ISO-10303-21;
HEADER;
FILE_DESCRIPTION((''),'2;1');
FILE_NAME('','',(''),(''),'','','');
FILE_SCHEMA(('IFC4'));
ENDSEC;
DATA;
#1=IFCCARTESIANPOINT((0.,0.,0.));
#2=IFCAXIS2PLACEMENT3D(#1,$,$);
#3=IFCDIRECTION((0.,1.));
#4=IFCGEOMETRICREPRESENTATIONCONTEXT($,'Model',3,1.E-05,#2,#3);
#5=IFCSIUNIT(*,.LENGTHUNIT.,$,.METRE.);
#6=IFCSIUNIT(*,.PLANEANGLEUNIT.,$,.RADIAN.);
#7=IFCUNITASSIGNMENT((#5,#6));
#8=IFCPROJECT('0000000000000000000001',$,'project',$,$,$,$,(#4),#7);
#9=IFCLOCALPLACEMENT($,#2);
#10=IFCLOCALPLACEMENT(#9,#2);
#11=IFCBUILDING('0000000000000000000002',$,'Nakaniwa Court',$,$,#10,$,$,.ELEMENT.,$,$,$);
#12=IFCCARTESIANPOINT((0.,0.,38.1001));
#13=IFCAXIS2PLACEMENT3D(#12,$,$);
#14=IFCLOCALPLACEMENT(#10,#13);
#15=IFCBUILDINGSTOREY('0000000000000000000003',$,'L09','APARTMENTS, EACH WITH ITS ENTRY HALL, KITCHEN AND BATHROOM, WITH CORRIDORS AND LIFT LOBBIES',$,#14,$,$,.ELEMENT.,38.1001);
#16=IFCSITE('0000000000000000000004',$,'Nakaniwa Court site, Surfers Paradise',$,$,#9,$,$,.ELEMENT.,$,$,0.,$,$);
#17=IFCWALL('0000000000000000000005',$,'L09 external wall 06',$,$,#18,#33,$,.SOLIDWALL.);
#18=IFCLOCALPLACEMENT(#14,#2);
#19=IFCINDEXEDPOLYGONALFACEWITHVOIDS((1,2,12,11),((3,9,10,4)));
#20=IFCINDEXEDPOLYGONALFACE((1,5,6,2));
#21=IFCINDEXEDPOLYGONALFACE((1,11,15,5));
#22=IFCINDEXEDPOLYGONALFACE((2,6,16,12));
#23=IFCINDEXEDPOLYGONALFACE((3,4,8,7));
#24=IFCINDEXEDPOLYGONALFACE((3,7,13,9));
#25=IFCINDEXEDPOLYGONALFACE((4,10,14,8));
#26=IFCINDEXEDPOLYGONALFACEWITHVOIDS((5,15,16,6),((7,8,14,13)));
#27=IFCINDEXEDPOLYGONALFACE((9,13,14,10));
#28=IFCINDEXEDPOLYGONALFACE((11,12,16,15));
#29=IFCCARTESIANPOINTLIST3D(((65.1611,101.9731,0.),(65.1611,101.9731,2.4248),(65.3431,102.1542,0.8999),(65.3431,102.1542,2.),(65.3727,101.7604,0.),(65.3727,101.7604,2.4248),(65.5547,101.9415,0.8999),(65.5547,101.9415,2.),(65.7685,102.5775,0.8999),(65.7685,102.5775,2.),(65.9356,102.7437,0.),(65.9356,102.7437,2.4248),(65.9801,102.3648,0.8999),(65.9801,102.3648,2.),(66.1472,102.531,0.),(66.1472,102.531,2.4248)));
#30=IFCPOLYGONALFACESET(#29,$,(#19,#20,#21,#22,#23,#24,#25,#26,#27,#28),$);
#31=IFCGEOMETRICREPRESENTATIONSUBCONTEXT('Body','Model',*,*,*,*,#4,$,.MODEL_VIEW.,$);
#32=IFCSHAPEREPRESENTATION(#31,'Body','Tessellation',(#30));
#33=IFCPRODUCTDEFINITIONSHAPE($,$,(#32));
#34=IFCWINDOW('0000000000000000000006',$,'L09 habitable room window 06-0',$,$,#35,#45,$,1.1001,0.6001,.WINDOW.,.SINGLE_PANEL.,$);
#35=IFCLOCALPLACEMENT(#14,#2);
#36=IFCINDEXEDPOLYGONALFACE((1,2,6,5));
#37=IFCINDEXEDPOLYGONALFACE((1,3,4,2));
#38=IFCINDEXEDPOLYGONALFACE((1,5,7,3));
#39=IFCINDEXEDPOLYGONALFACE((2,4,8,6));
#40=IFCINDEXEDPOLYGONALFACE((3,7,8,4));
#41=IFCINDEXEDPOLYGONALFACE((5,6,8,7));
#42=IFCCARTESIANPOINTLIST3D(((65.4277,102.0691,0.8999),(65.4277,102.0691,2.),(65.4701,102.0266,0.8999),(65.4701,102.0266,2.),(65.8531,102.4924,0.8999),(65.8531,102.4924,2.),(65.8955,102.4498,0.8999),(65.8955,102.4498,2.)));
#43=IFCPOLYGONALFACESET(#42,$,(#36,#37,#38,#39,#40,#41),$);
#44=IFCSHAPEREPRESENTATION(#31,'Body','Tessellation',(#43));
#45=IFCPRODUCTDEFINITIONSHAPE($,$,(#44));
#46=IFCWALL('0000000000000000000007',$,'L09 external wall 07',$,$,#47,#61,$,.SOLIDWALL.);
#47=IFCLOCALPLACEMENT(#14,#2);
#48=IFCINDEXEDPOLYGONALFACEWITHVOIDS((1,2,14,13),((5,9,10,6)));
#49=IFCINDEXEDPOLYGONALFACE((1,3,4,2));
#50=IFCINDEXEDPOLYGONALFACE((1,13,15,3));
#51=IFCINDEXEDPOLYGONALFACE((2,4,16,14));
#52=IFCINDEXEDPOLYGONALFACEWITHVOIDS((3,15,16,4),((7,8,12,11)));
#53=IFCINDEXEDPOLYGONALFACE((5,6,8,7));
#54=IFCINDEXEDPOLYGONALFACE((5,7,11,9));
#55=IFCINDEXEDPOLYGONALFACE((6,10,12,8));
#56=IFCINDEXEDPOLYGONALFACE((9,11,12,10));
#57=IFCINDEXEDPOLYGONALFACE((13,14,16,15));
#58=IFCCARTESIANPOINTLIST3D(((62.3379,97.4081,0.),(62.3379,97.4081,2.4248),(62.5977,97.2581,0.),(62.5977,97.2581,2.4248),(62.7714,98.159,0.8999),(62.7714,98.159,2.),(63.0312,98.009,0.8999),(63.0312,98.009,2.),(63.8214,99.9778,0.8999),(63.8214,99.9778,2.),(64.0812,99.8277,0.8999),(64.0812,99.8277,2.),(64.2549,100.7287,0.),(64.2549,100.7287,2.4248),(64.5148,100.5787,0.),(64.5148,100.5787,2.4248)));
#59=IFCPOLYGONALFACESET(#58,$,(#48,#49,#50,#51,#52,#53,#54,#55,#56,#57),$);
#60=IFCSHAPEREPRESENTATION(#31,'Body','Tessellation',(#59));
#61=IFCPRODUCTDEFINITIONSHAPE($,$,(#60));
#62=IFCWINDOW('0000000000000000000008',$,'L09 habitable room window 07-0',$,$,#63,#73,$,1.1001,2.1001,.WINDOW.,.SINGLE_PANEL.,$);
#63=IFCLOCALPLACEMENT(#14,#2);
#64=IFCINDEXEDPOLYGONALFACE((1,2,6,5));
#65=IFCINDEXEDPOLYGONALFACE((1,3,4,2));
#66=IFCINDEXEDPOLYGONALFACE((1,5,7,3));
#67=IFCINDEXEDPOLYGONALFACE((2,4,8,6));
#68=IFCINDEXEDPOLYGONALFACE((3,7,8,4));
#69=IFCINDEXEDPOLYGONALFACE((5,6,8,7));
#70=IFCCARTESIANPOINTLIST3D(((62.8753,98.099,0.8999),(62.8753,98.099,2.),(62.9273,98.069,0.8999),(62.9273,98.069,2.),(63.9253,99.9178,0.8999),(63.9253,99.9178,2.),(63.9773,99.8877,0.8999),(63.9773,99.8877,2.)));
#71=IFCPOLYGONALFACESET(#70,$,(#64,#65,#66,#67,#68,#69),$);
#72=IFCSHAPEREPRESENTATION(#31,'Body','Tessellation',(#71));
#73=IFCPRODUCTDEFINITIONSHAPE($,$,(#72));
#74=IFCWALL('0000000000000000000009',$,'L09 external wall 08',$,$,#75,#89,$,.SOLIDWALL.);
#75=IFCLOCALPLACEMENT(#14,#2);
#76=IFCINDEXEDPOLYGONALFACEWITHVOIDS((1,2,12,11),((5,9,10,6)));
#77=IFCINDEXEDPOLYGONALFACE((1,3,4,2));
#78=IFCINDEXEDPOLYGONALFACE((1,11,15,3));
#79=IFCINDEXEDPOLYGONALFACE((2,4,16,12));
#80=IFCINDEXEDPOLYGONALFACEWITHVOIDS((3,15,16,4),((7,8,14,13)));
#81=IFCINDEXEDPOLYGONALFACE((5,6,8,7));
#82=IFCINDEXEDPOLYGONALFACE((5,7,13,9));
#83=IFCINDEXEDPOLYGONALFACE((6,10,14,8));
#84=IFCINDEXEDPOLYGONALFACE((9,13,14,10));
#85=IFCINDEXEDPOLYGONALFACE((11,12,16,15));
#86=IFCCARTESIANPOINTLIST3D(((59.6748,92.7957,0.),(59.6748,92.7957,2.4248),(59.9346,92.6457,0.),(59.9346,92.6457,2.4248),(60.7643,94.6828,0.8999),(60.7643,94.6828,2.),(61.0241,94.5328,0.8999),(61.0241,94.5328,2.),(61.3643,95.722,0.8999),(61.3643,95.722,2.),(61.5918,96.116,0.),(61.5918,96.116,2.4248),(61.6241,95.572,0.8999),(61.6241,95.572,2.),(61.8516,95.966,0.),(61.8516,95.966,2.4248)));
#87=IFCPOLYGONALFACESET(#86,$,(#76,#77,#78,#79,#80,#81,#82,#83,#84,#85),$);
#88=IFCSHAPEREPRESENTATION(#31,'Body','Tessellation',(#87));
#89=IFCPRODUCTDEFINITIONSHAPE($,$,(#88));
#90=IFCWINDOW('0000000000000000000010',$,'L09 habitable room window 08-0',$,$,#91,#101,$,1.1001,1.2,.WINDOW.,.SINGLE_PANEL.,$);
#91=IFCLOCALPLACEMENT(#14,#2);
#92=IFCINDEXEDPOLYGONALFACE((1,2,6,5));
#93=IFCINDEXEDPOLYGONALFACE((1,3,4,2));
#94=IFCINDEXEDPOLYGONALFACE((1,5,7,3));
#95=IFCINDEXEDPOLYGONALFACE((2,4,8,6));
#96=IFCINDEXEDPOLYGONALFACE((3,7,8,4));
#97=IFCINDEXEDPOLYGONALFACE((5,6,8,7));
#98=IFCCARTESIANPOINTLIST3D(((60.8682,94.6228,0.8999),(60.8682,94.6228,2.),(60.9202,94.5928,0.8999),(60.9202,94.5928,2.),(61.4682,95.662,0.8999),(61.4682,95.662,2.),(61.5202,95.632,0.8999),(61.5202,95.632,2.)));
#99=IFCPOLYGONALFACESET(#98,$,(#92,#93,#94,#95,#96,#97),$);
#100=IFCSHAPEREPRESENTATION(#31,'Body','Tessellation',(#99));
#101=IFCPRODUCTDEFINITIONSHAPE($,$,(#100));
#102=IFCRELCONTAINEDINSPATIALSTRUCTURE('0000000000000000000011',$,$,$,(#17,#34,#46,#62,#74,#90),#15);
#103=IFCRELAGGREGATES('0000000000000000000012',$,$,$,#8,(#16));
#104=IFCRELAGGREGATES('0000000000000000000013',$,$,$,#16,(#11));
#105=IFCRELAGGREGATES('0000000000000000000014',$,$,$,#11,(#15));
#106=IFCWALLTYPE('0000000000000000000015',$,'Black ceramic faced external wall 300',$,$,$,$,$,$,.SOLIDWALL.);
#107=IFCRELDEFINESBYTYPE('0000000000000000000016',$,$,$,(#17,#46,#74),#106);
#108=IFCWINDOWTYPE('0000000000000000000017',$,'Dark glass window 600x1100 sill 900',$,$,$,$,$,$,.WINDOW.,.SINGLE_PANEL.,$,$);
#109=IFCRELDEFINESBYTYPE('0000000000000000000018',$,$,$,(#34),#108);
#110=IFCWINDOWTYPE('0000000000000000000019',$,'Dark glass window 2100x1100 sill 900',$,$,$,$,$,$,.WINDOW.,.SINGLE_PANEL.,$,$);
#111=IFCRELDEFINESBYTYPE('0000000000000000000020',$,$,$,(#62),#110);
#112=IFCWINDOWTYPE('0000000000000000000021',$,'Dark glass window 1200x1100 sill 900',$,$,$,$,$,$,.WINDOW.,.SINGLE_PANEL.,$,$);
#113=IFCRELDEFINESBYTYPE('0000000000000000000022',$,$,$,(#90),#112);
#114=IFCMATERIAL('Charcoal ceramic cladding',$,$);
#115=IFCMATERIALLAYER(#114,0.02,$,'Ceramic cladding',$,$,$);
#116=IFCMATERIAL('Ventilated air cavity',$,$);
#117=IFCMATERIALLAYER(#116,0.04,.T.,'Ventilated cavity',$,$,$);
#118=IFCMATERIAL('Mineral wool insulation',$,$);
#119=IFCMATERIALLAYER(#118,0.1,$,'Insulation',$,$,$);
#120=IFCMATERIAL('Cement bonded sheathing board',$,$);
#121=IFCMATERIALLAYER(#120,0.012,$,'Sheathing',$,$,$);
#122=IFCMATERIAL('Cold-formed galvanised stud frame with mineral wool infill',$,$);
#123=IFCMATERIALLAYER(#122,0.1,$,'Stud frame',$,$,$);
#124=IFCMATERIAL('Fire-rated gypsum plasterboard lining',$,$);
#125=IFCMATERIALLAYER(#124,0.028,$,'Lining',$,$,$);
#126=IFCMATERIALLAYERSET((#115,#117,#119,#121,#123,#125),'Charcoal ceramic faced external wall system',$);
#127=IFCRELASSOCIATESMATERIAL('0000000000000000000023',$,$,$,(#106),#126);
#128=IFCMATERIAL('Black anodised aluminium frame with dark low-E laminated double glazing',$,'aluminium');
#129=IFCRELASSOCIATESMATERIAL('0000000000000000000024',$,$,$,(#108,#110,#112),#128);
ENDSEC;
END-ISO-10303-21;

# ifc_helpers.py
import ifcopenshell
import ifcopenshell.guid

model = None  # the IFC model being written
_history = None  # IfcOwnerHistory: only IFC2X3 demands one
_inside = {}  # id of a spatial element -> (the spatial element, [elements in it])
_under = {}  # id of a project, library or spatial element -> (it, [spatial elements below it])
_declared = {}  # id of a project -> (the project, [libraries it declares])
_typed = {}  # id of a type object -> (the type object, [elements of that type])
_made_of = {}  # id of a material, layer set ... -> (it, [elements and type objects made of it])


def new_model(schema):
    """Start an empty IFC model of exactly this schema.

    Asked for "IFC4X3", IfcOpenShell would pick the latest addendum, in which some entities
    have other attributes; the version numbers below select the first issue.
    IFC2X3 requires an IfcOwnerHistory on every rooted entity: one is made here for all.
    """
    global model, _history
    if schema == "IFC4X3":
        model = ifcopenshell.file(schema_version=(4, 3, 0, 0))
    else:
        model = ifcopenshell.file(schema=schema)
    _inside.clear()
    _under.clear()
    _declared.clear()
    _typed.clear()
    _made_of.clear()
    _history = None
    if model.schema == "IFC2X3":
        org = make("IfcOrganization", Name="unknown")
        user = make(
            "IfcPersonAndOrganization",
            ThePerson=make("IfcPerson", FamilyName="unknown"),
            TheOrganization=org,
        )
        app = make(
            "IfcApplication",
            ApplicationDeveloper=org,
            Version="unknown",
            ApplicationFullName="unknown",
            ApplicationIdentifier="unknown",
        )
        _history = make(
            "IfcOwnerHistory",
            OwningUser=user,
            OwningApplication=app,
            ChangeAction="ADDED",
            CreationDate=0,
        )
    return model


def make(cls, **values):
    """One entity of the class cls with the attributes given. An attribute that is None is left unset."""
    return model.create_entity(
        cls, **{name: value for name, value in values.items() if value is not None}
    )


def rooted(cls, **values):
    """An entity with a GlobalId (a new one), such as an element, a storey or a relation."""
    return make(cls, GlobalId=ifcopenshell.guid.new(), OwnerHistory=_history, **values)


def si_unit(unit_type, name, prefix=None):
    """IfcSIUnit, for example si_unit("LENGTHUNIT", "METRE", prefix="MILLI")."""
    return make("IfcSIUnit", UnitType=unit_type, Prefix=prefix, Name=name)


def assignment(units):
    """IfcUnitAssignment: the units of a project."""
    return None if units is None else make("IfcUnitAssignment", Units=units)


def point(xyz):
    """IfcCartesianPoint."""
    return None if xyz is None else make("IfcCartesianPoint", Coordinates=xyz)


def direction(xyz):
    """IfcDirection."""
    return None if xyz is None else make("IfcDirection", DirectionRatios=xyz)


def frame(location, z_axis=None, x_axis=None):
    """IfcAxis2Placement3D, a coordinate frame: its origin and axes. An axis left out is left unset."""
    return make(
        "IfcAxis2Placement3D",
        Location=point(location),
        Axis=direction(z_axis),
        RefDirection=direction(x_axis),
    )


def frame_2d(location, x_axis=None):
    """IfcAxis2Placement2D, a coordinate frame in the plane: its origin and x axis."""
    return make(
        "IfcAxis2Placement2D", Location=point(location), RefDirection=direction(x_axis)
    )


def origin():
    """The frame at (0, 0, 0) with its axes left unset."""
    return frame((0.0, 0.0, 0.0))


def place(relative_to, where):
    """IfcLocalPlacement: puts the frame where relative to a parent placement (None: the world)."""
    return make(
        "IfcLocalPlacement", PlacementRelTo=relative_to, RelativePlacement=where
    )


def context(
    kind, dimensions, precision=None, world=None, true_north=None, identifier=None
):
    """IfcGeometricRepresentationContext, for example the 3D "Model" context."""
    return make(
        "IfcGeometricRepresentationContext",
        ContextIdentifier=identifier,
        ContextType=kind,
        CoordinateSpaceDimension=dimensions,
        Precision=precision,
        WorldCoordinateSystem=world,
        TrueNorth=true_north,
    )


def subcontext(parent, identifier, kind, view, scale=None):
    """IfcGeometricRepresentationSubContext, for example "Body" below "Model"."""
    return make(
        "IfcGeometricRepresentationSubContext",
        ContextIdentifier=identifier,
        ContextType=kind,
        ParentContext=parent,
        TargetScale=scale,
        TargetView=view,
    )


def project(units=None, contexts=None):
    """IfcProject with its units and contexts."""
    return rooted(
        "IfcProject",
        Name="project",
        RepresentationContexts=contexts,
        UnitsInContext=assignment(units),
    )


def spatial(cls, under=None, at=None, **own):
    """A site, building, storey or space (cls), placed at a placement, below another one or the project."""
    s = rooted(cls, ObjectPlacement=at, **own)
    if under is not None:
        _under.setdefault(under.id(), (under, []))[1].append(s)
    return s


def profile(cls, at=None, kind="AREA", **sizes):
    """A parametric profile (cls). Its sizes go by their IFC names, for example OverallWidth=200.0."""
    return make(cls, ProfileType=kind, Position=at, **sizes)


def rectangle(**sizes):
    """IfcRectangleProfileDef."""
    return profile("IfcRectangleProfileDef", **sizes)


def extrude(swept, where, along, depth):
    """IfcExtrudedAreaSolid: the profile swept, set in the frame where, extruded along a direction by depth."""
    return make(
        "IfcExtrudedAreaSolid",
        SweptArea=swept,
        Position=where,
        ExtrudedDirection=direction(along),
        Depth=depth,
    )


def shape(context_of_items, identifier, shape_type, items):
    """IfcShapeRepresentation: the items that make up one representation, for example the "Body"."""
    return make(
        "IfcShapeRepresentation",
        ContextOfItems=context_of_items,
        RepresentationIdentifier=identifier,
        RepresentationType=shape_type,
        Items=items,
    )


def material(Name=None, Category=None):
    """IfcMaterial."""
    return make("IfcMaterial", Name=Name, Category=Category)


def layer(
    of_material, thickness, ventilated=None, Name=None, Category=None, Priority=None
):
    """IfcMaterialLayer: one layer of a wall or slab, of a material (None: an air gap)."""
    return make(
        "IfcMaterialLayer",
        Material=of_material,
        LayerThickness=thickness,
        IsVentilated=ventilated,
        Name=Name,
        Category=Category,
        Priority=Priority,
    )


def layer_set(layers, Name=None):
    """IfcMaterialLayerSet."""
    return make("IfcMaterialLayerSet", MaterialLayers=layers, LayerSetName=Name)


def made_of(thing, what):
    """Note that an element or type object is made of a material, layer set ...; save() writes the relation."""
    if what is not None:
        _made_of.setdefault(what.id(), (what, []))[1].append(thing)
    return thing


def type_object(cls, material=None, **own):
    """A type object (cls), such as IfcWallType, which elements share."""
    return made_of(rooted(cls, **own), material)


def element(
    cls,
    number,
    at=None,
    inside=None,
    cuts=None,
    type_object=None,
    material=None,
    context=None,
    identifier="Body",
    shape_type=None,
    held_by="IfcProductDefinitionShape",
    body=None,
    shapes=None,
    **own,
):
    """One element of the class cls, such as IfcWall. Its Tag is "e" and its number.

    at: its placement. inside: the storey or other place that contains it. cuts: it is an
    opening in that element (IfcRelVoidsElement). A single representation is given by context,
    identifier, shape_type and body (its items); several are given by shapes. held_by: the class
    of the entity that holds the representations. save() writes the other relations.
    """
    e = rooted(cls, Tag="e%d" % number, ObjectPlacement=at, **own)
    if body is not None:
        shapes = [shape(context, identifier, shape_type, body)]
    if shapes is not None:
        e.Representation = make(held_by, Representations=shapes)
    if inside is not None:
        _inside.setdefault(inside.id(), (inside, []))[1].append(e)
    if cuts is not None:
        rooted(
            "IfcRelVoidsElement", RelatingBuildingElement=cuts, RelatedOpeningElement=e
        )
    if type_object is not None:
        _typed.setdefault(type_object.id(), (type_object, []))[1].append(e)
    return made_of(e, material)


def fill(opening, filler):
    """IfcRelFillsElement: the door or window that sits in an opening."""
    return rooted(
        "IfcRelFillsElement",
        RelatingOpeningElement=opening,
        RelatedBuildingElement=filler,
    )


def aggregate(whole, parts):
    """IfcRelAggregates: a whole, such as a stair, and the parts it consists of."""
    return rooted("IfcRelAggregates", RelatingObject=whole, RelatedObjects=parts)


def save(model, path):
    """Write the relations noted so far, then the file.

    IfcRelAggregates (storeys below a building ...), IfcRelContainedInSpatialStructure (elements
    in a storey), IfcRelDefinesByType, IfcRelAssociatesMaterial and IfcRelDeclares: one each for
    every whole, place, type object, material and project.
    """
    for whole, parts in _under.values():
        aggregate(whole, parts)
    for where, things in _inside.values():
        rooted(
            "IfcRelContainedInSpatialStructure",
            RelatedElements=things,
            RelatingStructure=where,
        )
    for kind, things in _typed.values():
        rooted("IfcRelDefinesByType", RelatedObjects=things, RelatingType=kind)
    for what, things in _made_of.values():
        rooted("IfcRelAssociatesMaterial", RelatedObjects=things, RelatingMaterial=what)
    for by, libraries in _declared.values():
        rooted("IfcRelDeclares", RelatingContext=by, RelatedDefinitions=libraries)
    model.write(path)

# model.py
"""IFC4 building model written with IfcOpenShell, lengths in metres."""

from ifc_helpers import new_model, si_unit, direction, frame, frame_2d, origin, place, context, subcontext, project, spatial, rectangle, extrude, material, layer, layer_set, type_object, element, fill, save


model = new_model("IFC4")

# Units and contexts
model_context = context("Model", 3, precision=1e-05, world=origin(), true_north=direction((0.0, 1.0)))
body_context = subcontext(model_context, "Body", "Model", "MODEL_VIEW")
ifc_project = project(units=[si_unit("LENGTHUNIT", "METRE"), si_unit("PLANEANGLEUNIT", "RADIAN")], contexts=[model_context])

# Site, building, storey
site_placement = place(None, origin())
site = spatial("IfcSite", under=ifc_project, at=site_placement, Name="Nakaniwa Court site, Surfers Paradise", CompositionType="ELEMENT", RefElevation=0.0)
building_placement = place(site_placement, origin())
building = spatial("IfcBuilding", under=site, at=building_placement, Name="Nakaniwa Court", CompositionType="ELEMENT")
storey_placement = place(building_placement, frame((0.0, 0.0, 38.1001)))
storey = spatial("IfcBuildingStorey", under=building, at=storey_placement, Name="L09", Description="APARTMENTS, EACH WITH ITS ENTRY HALL, KITCHEN AND BATHROOM, WITH CORRIDORS AND LIFT LOBBIES", CompositionType="ELEMENT", Elevation=38.1001)

# Walls, openings, windows
ifc_material_1 = material(Name="Charcoal ceramic cladding")
ifc_layer_1 = layer(ifc_material_1, 0.02, Name="Ceramic cladding")
ifc_material_2 = material(Name="Ventilated air cavity")
ifc_layer_2 = layer(ifc_material_2, 0.04, ventilated=True, Name="Ventilated cavity")
ifc_material_3 = material(Name="Mineral wool insulation")
ifc_layer_3 = layer(ifc_material_3, 0.1, Name="Insulation")
ifc_material_4 = material(Name="Cement bonded sheathing board")
ifc_layer_4 = layer(ifc_material_4, 0.012, Name="Sheathing")
ifc_material_5 = material(Name="Cold-formed galvanised stud frame with mineral wool infill")
ifc_layer_5 = layer(ifc_material_5, 0.1, Name="Stud frame")
ifc_material_6 = material(Name="Fire-rated gypsum plasterboard lining")
ifc_layer_6 = layer(ifc_material_6, 0.028, Name="Lining")
ifc_layer_set = layer_set([ifc_layer_1, ifc_layer_2, ifc_layer_3, ifc_layer_4, ifc_layer_5, ifc_layer_6], Name="Charcoal ceramic faced external wall system")
wall_type = type_object("IfcWallType", Name="Black ceramic faced external wall 300", PredefinedType="SOLIDWALL", material=ifc_layer_set)
ifc_material_7 = material(Name="Black anodised aluminium frame with dark low-E laminated double glazing", Category="aluminium")
window_type_1 = type_object("IfcWindowType", Name="Dark glass window 600x1100 sill 900", PartitioningType="SINGLE_PANEL", PredefinedType="WINDOW", material=ifc_material_7)
wall_1_placement = place(storey_placement, frame((66.0415, 102.6375, 0.0), z_axis=(0.0, 0.0, 1.0), x_axis=(-0.708892, -0.705317, 0.0)))
wall_1 = element("IfcWall", 1, at=wall_1_placement, inside=storey, type_object=wall_type, Name="L09 external wall 06", PredefinedType="SOLIDWALL", context=body_context, shape_type="SweptSolid", body=[
    extrude(rectangle(XDim=1.0925, YDim=0.3, at=frame_2d((0.5464, 0.0))), origin(), (0.0, 0.0, 1.0), 2.4248),
])
opening_1_placement = place(wall_1_placement, frame((0.2358, 0.0, 0.8999)))
opening_1 = element("IfcOpeningElement", 2, at=opening_1_placement, cuts=wall_1, PredefinedType="OPENING", context=body_context, shape_type="SweptSolid", body=[
    extrude(rectangle(XDim=0.6001, YDim=1.1001, at=frame_2d((0.3, 0.55))), frame((0.0, 0.1599, 0.0), z_axis=(0.0, -1.0, 0.0), x_axis=(1.0, 0.0, 0.0)), (0.0, 0.0, 1.0), 0.3201),
])
window_1_placement = place(opening_1_placement, origin())
window_1 = element("IfcWindow", 3, at=window_1_placement, inside=storey, type_object=window_type_1, Name="L09 habitable room window 06-0", OverallHeight=1.1001, OverallWidth=0.6001, PartitioningType="SINGLE_PANEL", PredefinedType="WINDOW", context=body_context, shape_type="SweptSolid", body=[
    extrude(rectangle(XDim=0.6001, YDim=1.1001, at=frame_2d((0.3, 0.55))), frame((0.0, 0.03, 0.0), z_axis=(0.0, -1.0, 0.0), x_axis=(1.0, 0.0, 0.0)), (0.0, 0.0, 1.0), 0.0601),
])
fill(opening_1, window_1)
wall_2_placement = place(storey_placement, frame((64.3848, 100.6536, 0.0), z_axis=(0.0, 0.0, 1.0), x_axis=(-0.499974, -0.86604, 0.0)))
wall_2 = element("IfcWall", 4, at=wall_2_placement, inside=storey, type_object=wall_type, Name="L09 external wall 07", PredefinedType="SOLIDWALL", context=body_context, shape_type="SweptSolid", body=[
    extrude(rectangle(XDim=3.8342, YDim=0.3, at=frame_2d((1.917, 0.0))), origin(), (0.0, 0.0, 1.0), 2.4248),
])
opening_2_placement = place(wall_2_placement, frame((0.8669, 0.0, 0.8999)))
opening_2 = element("IfcOpeningElement", 5, at=opening_2_placement, cuts=wall_2, PredefinedType="OPENING", context=body_context, shape_type="SweptSolid", body=[
    extrude(rectangle(XDim=2.1001, YDim=1.1001, at=frame_2d((1.05, 0.55))), frame((0.0, 0.1599, 0.0), z_axis=(0.0, -1.0, 0.0), x_axis=(1.0, 0.0, 0.0)), (0.0, 0.0, 1.0), 0.3201),
])
window_type_2 = type_object("IfcWindowType", Name="Dark glass window 2100x1100 sill 900", PartitioningType="SINGLE_PANEL", PredefinedType="WINDOW", material=ifc_material_7)
window_2_placement = place(opening_2_placement, origin())
window_2 = element("IfcWindow", 6, at=window_2_placement, inside=storey, type_object=window_type_2, Name="L09 habitable room window 07-0", OverallHeight=1.1001, OverallWidth=2.1001, PartitioningType="SINGLE_PANEL", PredefinedType="WINDOW", context=body_context, shape_type="SweptSolid", body=[
    extrude(rectangle(XDim=2.1001, YDim=1.1001, at=frame_2d((1.05, 0.55))), frame((0.0, 0.03, 0.0), z_axis=(0.0, -1.0, 0.0), x_axis=(1.0, 0.0, 0.0)), (0.0, 0.0, 1.0), 0.0601),
])
fill(opening_2, window_2)
wall_3_placement = place(storey_placement, frame((61.7217, 96.041, 0.0), z_axis=(0.0, 0.0, 1.0), x_axis=(-0.500002, -0.866024, 0.0)))
wall_3 = element("IfcWall", 7, at=wall_3_placement, inside=storey, type_object=wall_type, Name="L09 external wall 08", PredefinedType="SOLIDWALL", context=body_context, shape_type="SweptSolid", body=[
    extrude(rectangle(XDim=3.834, YDim=0.3, at=frame_2d((1.917, 0.0))), origin(), (0.0, 0.0, 1.0), 2.4248),
])
opening_3_placement = place(wall_3_placement, frame((0.4548, 0.0, 0.8999)))
opening_3 = element("IfcOpeningElement", 8, at=opening_3_placement, cuts=wall_3, PredefinedType="OPENING", context=body_context, shape_type="SweptSolid", body=[
    extrude(rectangle(XDim=1.2, YDim=1.1001, at=frame_2d((0.6001, 0.55))), frame((0.0, 0.1599, 0.0), z_axis=(0.0, -1.0, 0.0), x_axis=(1.0, 0.0, 0.0)), (0.0, 0.0, 1.0), 0.3201),
])
window_type_3 = type_object("IfcWindowType", Name="Dark glass window 1200x1100 sill 900", PartitioningType="SINGLE_PANEL", PredefinedType="WINDOW", material=ifc_material_7)
window_3_placement = place(opening_3_placement, origin())
window_3 = element("IfcWindow", 9, at=window_3_placement, inside=storey, type_object=window_type_3, Name="L09 habitable room window 08-0", OverallHeight=1.1001, OverallWidth=1.2, PartitioningType="SINGLE_PANEL", PredefinedType="WINDOW", context=body_context, shape_type="SweptSolid", body=[
    extrude(rectangle(XDim=1.2, YDim=1.1001, at=frame_2d((0.6001, 0.55))), frame((0.0, 0.03, 0.0), z_axis=(0.0, -1.0, 0.0), x_axis=(1.0, 0.0, 0.0)), (0.0, 0.0, 1.0), 0.0601),
])
fill(opening_3, window_3)

save(model, "model.ifc")
